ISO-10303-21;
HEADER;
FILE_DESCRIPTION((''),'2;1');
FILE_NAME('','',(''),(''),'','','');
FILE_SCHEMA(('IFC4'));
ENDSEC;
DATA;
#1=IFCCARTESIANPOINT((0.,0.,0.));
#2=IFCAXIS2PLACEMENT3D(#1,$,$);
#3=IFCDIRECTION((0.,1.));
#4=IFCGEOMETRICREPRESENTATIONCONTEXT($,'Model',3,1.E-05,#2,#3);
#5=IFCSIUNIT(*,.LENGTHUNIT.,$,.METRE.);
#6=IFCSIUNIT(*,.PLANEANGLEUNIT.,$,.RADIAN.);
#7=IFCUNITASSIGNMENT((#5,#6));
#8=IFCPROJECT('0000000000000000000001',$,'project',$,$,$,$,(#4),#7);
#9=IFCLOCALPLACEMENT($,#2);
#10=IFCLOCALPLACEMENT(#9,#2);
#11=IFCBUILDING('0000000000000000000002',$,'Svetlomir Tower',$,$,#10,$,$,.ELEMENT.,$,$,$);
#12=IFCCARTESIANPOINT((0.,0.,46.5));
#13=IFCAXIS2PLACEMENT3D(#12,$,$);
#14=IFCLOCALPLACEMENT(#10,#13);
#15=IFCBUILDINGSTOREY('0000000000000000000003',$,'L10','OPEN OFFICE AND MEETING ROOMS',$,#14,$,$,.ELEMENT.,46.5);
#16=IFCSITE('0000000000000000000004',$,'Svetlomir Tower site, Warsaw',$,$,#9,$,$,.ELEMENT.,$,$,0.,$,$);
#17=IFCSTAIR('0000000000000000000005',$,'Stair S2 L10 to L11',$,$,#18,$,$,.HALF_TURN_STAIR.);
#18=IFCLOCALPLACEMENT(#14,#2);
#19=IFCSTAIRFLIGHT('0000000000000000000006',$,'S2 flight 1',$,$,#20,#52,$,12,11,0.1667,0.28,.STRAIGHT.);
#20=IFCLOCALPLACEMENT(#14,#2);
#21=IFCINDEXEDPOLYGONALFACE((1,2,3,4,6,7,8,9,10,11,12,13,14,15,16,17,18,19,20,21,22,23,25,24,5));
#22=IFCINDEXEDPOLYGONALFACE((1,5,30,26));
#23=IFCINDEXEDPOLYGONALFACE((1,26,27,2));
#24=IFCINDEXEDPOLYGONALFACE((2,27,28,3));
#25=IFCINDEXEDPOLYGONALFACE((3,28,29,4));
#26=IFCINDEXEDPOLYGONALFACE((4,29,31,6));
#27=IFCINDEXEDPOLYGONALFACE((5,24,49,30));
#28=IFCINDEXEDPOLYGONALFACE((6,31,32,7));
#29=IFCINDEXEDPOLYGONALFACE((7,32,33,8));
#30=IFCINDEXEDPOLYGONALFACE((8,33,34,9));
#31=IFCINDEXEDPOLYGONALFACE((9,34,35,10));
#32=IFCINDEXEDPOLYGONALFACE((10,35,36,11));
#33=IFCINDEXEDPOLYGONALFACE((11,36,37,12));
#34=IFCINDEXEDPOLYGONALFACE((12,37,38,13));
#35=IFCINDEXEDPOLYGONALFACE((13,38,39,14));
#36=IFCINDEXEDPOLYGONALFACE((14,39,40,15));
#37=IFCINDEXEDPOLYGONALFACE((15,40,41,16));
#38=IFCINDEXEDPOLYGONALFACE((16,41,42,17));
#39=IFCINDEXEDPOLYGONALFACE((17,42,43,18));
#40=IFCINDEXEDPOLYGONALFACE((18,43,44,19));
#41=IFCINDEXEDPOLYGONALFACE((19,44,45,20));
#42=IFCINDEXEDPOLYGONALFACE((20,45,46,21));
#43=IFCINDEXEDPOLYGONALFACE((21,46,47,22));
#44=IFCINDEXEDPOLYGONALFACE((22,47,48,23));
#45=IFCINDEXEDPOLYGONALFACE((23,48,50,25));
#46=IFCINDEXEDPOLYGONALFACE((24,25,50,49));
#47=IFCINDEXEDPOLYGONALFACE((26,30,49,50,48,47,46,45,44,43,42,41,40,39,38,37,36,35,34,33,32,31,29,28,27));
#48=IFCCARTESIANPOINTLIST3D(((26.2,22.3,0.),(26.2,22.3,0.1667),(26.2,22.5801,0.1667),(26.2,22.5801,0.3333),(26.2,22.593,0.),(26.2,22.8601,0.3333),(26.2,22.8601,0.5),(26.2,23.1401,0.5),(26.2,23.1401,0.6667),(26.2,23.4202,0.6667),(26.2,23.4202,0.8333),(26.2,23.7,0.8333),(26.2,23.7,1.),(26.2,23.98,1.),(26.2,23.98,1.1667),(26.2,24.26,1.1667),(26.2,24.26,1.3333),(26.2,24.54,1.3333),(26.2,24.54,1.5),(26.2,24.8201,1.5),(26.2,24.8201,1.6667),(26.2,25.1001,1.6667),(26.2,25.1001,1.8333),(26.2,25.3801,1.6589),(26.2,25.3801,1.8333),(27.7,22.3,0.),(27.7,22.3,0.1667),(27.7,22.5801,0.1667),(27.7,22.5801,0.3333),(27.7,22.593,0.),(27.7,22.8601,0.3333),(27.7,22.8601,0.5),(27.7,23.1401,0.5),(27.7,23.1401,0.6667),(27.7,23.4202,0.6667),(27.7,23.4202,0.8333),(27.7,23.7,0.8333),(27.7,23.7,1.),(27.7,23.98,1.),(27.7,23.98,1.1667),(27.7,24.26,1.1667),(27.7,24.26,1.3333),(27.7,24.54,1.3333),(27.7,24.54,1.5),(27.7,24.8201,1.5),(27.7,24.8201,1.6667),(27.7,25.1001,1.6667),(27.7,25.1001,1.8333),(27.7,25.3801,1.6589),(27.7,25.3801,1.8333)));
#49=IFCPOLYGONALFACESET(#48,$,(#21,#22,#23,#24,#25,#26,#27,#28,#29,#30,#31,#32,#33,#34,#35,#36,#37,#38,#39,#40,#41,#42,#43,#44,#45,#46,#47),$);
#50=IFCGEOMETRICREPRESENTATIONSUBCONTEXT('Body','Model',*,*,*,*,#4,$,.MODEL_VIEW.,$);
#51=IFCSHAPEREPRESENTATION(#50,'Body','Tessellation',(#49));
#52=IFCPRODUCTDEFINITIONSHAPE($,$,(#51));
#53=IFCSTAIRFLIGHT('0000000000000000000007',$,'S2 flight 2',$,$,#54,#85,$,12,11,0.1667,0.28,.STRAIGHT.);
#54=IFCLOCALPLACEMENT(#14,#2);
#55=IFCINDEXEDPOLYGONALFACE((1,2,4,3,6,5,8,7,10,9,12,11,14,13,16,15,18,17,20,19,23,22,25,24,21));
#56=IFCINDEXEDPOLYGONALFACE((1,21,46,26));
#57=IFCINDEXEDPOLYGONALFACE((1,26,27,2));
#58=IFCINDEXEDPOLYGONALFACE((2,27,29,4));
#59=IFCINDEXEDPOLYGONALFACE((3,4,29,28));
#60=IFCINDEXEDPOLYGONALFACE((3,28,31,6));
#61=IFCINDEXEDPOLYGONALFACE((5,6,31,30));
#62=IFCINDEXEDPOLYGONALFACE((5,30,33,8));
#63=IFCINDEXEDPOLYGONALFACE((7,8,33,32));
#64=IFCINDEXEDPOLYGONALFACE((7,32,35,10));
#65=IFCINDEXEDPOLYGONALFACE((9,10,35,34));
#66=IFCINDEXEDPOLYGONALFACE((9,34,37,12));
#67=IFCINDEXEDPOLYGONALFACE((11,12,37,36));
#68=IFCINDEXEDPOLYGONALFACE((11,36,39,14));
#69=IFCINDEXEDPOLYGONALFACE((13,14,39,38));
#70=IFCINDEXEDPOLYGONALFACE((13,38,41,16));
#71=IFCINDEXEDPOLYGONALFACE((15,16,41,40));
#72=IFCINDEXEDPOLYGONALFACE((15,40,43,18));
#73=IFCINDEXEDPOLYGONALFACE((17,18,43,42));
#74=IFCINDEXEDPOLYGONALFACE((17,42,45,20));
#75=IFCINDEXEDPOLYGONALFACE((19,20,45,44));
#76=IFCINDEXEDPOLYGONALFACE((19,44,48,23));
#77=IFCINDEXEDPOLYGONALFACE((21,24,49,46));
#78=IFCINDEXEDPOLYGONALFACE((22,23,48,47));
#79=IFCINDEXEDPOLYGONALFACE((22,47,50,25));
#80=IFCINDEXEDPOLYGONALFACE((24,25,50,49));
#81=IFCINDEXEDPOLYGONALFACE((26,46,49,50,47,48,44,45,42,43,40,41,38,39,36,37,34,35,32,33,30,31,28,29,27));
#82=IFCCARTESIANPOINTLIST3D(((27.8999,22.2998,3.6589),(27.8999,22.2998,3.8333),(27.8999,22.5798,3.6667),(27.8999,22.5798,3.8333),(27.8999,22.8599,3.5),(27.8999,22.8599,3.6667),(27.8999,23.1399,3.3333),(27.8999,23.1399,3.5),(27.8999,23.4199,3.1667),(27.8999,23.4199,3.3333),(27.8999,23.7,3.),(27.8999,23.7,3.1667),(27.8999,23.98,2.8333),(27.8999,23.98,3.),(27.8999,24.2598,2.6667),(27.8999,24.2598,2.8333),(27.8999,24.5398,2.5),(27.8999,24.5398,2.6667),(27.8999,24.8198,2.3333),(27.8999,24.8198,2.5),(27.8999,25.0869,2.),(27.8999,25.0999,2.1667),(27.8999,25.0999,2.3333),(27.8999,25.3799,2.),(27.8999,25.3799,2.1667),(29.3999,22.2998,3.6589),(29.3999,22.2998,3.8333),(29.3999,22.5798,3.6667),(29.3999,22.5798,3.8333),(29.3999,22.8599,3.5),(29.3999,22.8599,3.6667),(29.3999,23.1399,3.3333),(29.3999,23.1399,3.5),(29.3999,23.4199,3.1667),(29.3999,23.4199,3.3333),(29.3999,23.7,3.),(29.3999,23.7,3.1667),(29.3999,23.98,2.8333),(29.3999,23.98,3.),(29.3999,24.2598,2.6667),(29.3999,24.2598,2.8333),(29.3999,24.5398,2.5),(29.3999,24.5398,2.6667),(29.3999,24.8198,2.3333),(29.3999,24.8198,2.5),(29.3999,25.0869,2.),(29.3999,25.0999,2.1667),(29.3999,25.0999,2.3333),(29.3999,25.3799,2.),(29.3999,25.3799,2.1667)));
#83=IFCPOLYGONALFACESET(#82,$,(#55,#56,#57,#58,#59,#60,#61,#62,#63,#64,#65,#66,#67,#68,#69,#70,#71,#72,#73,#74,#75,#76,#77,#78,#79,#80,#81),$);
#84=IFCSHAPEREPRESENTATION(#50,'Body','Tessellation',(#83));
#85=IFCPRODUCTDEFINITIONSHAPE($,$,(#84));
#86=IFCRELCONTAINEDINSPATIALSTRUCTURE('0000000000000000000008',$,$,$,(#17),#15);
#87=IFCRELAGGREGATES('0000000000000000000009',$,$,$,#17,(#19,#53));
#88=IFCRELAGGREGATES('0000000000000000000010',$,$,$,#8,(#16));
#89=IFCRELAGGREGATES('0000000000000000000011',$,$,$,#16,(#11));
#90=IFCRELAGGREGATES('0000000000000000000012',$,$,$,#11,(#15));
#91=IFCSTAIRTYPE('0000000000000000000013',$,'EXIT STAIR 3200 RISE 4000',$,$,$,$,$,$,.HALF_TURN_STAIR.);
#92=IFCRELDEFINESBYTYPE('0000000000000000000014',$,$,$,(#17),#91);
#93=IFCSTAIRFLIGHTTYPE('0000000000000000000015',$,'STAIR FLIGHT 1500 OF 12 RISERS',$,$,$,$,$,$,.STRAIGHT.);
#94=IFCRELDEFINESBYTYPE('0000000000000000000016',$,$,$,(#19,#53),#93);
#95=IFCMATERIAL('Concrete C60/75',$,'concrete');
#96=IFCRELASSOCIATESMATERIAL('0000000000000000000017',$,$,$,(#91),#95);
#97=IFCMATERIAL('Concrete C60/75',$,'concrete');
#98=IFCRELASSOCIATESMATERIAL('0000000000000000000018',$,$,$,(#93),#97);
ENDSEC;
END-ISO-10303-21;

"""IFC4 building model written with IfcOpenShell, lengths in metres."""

from ifc_helpers import new_model, si_unit, direction, frame, origin, place, context, subcontext, project, spatial, polyline, outline, extrude, material, type_object, element, aggregate, save


model = new_model("IFC4")

# Units and contexts
model_context = context("Model", 3, precision=1e-05, world=origin(), true_north=direction((0.0, 1.0)))
body_context = subcontext(model_context, "Body", "Model", "MODEL_VIEW")
ifc_project = project(units=[si_unit("LENGTHUNIT", "METRE"), si_unit("PLANEANGLEUNIT", "RADIAN")], contexts=[model_context])

# Site, building, storey
site_placement = place(None, origin())
site = spatial("IfcSite", under=ifc_project, at=site_placement, Name="Svetlomir Tower site, Warsaw", CompositionType="ELEMENT", RefElevation=0.0)
building_placement = place(site_placement, origin())
building = spatial("IfcBuilding", under=site, at=building_placement, Name="Svetlomir Tower", CompositionType="ELEMENT")
storey_placement = place(building_placement, frame((0.0, 0.0, 46.5)))
storey = spatial("IfcBuildingStorey", under=building, at=storey_placement, Name="L10", Description="OPEN OFFICE AND MEETING ROOMS", CompositionType="ELEMENT", Elevation=46.5)

# Stair, stair flights
ifc_material_1 = material(Name="Concrete C60/75", Category="concrete")
stair_type = type_object("IfcStairType", Name="EXIT STAIR 3200 RISE 4000", PredefinedType="HALF_TURN_STAIR", material=ifc_material_1)
stair_placement = place(storey_placement, origin())
stair = element("IfcStair", 1, at=stair_placement, inside=storey, type_object=stair_type, Name="Stair S2 L10 to L11", PredefinedType="HALF_TURN_STAIR")
ifc_material_2 = material(Name="Concrete C60/75", Category="concrete")
stair_flight_type = type_object("IfcStairFlightType", Name="STAIR FLIGHT 1500 OF 12 RISERS", PredefinedType="STRAIGHT", material=ifc_material_2)
stair_flight_1_placement = place(storey_placement, frame((26.95, 22.3, 0.0), z_axis=(0.0, 0.0, 1.0), x_axis=(0.0, 1.0, 0.0)))
stair_flight_1 = element("IfcStairFlight", 2, at=stair_flight_1_placement, type_object=stair_flight_type, Name="S2 flight 1", NumberOfRisers=12, NumberOfTreads=11, PredefinedType="STRAIGHT", RiserHeight=0.1667, TreadLength=0.28, context=body_context, shape_type="SweptSolid", body=[
    extrude(outline(polyline([(0.0, 0.0), (0.0, 0.1667), (0.28, 0.1667), (0.28, 0.3333), (0.5601, 0.3333), (0.5601, 0.5), (0.8401, 0.5), (0.8401, 0.6667), (1.1201, 0.6667), (1.1201, 0.8333), (1.3999, 0.8333), (1.3999, 1.0), (1.6799, 1.0), (1.6799, 1.1667), (1.96, 1.1667), (1.96, 1.3333), (2.24, 1.3333), (2.24, 1.5), (2.52, 1.5), (2.52, 1.6667), (2.8, 1.6667), (2.8, 1.8333), (3.0801, 1.8333), (3.0801, 2.0), (3.0801, 1.6589), (0.293, 0.0), (0.0, 0.0)])), frame((0.0, 0.75, 0.0), z_axis=(0.0, -1.0, 0.0), x_axis=(1.0, 0.0, 0.0)), (0.0, 0.0, 1.0), 1.5),
])
stair_flight_2_placement = place(storey_placement, frame((28.6499, 25.3799, 2.0), z_axis=(0.0, 0.0, 1.0), x_axis=(0.0, -1.0, 0.0)))
stair_flight_2 = element("IfcStairFlight", 3, at=stair_flight_2_placement, type_object=stair_flight_type, Name="S2 flight 2", NumberOfRisers=12, NumberOfTreads=11, PredefinedType="STRAIGHT", RiserHeight=0.1667, TreadLength=0.28, context=body_context, shape_type="SweptSolid", body=[
    extrude(outline(polyline([(0.0, 0.0), (0.0, 0.1667), (0.28, 0.1667), (0.28, 0.3333), (0.5601, 0.3333), (0.5601, 0.5), (0.8401, 0.5), (0.8401, 0.6667), (1.1201, 0.6667), (1.1201, 0.8333), (1.3999, 0.8333), (1.3999, 1.0), (1.6799, 1.0), (1.6799, 1.1667), (1.96, 1.1667), (1.96, 1.3333), (2.24, 1.3333), (2.24, 1.5), (2.52, 1.5), (2.52, 1.6667), (2.8, 1.6667), (2.8, 1.8333), (3.0801, 1.8333), (3.0801, 2.0), (3.0801, 1.6589), (0.293, 0.0), (0.0, 0.0)])), frame((0.0, 0.75, 0.0), z_axis=(0.0, -1.0, 0.0), x_axis=(1.0, 0.0, 0.0)), (0.0, 0.0, 1.0), 1.5),
])
aggregate(stair, [stair_flight_1, stair_flight_2])

save(model, "model.ifc")
